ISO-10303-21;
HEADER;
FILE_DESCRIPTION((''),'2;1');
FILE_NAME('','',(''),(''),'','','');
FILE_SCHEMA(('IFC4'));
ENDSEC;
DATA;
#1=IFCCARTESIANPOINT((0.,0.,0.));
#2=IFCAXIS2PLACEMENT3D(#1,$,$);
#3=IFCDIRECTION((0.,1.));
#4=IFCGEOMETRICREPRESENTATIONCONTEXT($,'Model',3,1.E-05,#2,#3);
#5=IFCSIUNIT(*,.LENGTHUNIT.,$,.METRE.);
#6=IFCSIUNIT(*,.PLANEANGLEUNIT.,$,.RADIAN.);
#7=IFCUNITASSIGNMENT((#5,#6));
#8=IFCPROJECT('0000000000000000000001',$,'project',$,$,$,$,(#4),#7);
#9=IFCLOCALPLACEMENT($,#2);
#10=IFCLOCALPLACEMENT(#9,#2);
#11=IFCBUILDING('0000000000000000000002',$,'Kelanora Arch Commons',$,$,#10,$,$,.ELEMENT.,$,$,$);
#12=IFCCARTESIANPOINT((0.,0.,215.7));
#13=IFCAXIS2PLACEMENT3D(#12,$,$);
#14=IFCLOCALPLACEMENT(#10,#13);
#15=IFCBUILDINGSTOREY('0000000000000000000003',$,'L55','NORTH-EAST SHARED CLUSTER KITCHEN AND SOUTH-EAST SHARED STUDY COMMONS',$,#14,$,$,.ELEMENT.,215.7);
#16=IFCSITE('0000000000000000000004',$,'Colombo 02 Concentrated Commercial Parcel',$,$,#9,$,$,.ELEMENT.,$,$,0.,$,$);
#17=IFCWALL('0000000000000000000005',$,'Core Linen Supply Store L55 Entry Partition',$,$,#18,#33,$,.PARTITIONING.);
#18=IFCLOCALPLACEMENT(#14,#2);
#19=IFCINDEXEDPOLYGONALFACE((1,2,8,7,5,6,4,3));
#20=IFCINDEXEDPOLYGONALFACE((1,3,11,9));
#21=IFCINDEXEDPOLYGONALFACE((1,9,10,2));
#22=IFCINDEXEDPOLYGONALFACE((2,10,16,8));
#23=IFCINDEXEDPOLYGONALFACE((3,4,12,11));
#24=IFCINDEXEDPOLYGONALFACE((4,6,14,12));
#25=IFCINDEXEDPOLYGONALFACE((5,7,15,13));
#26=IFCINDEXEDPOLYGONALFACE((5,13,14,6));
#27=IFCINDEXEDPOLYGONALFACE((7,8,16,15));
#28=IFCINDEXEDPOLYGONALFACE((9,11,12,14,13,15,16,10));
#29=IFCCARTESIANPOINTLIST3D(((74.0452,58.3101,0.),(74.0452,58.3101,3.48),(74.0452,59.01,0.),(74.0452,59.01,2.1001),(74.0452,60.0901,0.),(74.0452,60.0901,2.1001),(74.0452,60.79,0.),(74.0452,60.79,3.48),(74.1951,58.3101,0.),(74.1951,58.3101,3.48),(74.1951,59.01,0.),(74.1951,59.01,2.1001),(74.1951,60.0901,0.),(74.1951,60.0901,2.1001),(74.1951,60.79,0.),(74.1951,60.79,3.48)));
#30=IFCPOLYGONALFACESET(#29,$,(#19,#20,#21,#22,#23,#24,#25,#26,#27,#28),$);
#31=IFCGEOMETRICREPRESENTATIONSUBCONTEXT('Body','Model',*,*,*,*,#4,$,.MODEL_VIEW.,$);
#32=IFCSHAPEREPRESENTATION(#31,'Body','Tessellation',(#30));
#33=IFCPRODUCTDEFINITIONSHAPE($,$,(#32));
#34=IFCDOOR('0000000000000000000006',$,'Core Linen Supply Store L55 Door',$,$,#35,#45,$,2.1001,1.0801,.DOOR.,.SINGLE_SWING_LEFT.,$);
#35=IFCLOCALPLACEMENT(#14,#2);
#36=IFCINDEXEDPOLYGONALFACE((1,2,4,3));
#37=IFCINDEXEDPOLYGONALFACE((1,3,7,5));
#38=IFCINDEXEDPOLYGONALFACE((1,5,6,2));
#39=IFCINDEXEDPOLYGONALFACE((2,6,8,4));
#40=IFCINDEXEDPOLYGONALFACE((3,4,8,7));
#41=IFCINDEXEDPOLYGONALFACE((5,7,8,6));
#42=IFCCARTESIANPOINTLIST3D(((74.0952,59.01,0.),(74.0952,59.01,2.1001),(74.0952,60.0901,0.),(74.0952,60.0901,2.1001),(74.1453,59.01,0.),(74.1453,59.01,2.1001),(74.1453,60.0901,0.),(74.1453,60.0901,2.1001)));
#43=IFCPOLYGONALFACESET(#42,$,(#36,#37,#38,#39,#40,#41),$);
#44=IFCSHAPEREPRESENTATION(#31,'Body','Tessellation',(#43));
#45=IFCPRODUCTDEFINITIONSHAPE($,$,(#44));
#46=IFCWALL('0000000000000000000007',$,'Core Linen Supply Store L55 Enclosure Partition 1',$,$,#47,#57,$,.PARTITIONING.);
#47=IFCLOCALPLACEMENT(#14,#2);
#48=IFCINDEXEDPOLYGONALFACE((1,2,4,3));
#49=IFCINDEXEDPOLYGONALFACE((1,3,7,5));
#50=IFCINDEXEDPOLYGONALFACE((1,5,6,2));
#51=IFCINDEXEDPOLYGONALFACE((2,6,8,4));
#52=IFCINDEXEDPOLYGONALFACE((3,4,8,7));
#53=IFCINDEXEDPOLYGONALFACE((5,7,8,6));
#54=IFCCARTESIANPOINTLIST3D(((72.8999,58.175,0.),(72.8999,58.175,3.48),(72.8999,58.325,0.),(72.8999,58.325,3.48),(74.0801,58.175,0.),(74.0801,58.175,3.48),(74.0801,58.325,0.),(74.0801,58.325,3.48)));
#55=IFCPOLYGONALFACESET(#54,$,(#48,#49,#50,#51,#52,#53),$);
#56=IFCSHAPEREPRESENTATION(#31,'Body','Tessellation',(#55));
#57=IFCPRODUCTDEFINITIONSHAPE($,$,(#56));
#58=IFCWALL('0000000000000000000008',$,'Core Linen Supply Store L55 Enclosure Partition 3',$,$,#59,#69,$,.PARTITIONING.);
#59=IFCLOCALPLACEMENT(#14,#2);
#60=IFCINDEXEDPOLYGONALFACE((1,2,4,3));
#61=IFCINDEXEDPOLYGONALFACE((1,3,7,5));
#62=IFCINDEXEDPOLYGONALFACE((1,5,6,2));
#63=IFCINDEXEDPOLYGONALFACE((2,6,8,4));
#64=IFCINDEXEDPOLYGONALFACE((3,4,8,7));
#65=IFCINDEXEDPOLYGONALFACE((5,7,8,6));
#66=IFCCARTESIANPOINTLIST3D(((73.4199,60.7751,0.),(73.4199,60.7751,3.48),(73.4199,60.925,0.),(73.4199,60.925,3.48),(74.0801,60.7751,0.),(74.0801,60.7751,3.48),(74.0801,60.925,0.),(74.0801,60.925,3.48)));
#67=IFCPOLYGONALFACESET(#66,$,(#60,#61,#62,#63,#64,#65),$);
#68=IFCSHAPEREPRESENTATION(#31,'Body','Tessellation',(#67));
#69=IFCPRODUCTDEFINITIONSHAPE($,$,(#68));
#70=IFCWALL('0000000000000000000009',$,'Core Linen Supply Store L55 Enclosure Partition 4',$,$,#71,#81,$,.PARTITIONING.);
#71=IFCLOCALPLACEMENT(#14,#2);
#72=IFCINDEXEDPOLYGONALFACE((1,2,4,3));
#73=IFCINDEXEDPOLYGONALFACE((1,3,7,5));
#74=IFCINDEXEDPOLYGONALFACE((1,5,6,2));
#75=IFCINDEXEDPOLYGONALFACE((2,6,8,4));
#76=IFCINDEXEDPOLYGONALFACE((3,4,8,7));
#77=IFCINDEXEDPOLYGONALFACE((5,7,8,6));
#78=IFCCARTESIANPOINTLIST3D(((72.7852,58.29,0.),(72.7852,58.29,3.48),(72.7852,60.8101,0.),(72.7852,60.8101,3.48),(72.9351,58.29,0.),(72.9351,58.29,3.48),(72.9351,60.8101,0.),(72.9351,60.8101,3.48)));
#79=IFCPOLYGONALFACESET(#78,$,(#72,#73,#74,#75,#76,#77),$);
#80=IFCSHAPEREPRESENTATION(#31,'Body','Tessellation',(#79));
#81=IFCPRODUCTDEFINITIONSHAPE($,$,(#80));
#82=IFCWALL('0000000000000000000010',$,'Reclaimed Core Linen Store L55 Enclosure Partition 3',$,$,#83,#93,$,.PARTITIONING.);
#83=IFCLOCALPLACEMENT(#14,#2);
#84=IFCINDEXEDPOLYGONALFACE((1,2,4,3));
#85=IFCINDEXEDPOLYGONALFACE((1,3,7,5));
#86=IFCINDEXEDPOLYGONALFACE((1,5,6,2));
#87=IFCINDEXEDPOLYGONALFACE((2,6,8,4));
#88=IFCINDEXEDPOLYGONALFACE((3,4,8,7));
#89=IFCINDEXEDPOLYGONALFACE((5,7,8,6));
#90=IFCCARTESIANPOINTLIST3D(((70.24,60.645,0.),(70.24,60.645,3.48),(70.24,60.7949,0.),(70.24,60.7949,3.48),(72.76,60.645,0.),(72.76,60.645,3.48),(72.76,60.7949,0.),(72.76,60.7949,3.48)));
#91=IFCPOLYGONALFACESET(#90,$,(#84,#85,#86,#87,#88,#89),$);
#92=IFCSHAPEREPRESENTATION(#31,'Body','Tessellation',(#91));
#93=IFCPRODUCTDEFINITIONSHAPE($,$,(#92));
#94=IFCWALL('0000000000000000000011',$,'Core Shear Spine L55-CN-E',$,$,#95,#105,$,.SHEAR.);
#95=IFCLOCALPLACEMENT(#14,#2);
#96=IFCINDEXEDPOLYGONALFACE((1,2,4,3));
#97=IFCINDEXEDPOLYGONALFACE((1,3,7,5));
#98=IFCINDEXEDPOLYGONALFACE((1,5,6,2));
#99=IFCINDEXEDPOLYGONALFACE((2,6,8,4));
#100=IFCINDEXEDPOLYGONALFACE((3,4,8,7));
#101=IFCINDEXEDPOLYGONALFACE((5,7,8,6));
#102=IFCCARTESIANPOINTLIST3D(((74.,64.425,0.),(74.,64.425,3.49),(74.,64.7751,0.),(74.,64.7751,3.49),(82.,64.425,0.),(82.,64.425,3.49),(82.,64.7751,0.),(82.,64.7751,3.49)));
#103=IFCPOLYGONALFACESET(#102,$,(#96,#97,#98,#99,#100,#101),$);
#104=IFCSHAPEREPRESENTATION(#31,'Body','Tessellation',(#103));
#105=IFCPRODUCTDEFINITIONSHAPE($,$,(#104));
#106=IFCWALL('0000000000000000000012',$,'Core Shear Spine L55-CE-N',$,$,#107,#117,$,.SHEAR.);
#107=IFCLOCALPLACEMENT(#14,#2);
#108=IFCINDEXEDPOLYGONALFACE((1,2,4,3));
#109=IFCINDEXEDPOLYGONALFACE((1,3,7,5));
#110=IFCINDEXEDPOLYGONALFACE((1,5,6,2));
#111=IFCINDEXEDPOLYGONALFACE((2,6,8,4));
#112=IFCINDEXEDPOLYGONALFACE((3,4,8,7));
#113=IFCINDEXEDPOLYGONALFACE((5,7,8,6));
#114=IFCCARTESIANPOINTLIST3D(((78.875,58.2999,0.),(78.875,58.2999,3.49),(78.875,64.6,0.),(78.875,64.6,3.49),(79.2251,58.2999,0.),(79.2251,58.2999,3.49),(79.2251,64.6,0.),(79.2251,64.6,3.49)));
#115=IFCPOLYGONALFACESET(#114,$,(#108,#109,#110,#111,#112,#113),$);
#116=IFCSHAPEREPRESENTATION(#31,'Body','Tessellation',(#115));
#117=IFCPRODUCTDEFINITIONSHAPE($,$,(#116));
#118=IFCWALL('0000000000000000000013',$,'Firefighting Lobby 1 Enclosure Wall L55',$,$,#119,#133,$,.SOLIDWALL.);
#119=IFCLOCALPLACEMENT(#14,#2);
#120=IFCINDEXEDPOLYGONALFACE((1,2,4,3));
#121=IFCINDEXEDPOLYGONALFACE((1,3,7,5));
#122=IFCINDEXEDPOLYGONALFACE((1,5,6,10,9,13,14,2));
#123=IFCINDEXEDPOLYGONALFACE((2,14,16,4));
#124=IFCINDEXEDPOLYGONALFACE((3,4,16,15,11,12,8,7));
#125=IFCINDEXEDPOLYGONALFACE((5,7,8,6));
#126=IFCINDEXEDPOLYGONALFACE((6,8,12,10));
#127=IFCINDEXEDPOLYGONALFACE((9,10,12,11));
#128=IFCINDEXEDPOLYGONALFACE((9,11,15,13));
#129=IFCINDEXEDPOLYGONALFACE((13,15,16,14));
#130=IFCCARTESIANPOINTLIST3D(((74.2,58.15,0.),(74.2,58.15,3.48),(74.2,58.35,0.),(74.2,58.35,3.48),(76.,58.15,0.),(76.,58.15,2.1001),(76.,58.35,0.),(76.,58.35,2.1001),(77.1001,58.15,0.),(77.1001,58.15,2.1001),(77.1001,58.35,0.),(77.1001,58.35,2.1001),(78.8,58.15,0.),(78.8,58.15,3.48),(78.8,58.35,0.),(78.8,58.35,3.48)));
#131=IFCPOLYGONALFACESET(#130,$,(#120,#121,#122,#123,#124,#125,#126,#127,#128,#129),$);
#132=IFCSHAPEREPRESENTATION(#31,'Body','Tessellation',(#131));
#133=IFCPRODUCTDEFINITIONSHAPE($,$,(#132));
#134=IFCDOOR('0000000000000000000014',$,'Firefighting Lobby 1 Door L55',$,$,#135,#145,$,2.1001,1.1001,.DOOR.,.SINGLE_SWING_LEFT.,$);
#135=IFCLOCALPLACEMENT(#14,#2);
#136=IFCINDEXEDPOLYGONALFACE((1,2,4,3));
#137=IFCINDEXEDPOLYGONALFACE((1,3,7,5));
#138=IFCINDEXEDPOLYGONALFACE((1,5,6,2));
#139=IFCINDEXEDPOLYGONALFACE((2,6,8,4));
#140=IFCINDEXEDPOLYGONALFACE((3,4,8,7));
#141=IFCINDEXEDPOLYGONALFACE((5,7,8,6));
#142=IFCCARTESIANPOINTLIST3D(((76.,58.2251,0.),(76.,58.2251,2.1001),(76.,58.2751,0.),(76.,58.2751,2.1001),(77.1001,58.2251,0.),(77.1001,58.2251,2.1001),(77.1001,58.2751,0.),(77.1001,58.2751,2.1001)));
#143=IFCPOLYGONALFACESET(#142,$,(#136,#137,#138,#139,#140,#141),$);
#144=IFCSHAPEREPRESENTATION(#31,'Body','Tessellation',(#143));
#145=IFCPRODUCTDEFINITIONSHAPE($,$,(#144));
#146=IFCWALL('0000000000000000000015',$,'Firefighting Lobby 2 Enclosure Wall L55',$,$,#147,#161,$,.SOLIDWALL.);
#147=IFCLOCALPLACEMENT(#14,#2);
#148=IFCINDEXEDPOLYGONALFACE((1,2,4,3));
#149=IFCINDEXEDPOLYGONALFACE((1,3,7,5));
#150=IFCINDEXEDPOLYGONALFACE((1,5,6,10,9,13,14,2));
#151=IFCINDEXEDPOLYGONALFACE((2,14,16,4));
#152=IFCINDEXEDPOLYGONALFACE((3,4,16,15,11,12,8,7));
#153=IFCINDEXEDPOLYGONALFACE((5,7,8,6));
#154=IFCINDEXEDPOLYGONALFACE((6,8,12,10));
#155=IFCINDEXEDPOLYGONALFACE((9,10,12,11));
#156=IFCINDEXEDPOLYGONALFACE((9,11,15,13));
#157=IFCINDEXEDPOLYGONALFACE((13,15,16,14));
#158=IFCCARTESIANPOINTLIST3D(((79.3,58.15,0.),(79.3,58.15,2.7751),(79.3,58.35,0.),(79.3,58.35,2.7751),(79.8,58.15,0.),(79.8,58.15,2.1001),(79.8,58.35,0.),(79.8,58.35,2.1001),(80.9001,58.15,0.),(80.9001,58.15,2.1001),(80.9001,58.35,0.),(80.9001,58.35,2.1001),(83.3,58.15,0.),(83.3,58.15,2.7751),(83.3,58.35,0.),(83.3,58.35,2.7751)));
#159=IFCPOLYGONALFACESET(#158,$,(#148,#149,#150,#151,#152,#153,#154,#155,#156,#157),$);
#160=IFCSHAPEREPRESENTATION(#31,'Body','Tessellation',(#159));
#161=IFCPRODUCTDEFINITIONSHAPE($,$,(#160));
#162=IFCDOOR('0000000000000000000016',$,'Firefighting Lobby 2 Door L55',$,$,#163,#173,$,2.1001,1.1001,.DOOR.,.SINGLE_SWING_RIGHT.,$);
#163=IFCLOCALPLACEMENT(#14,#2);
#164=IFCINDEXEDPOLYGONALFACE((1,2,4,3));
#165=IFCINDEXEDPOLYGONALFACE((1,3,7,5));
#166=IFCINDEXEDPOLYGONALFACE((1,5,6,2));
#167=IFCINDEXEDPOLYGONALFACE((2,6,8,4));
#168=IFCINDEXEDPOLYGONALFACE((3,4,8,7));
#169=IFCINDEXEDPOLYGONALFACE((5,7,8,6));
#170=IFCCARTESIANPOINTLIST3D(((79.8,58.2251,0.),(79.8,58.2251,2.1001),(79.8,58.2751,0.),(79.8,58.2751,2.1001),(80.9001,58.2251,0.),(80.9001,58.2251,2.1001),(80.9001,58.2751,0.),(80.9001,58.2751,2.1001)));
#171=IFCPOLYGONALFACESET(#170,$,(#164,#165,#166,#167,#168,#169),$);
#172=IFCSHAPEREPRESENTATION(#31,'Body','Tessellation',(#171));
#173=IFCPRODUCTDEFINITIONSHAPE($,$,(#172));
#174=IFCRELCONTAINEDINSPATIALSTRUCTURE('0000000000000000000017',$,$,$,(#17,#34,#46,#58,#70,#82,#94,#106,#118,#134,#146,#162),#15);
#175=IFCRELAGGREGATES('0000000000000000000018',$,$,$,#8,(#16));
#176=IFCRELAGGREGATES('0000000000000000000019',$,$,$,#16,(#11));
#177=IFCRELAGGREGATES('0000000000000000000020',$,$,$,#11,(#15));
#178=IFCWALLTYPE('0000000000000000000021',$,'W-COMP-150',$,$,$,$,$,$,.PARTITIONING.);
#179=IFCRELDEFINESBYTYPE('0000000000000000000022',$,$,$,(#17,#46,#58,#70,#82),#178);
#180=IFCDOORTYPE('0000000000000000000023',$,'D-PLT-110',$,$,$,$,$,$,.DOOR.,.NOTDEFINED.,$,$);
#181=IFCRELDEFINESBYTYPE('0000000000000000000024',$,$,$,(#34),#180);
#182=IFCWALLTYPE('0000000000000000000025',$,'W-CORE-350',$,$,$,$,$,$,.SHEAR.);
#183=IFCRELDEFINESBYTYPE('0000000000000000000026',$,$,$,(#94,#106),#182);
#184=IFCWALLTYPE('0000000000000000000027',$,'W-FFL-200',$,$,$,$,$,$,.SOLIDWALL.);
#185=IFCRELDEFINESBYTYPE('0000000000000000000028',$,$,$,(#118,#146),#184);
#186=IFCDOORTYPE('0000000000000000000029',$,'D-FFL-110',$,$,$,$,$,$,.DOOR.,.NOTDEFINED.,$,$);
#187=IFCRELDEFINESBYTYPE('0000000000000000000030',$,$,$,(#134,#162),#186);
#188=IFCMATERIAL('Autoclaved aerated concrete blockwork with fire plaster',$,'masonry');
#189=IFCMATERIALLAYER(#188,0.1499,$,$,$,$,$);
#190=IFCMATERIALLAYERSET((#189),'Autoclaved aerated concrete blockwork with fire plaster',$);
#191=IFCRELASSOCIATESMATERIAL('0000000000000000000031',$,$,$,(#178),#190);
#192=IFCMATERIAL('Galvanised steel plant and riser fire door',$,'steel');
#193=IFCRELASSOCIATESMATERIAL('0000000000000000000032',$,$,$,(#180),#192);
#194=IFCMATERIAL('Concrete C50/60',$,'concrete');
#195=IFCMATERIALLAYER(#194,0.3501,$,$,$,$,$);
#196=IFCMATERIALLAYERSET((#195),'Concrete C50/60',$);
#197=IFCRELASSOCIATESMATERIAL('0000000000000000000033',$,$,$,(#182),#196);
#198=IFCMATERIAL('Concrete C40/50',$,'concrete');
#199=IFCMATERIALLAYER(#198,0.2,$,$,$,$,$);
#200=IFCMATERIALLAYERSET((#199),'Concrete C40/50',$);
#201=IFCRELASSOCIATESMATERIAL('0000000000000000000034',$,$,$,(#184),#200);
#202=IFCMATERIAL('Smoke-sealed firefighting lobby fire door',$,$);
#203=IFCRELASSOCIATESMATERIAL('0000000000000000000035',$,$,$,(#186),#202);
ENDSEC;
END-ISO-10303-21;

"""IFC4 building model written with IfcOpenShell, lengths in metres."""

from ifc_helpers import new_model, si_unit, direction, frame, frame_2d, origin, place, context, subcontext, project, spatial, rectangle, extrude, material, layer, layer_set, type_object, element, fill, save


model = new_model("IFC4")

# Units and contexts
model_context = context("Model", 3, precision=1e-05, world=origin(), true_north=direction((0.0, 1.0)))
body_context = subcontext(model_context, "Body", "Model", "MODEL_VIEW")
ifc_project = project(units=[si_unit("LENGTHUNIT", "METRE"), si_unit("PLANEANGLEUNIT", "RADIAN")], contexts=[model_context])

# Site, building, storey
site_placement = place(None, origin())
site = spatial("IfcSite", under=ifc_project, at=site_placement, Name="Colombo 02 Concentrated Commercial Parcel", CompositionType="ELEMENT", RefElevation=0.0)
building_placement = place(site_placement, origin())
building = spatial("IfcBuilding", under=site, at=building_placement, Name="Kelanora Arch Commons", CompositionType="ELEMENT")
storey_placement = place(building_placement, frame((0.0, 0.0, 215.7)))
storey = spatial("IfcBuildingStorey", under=building, at=storey_placement, Name="L55", Description="NORTH-EAST SHARED CLUSTER KITCHEN AND SOUTH-EAST SHARED STUDY COMMONS", CompositionType="ELEMENT", Elevation=215.7)

# Shared definitions
ifc_material_1 = material(Name="Autoclaved aerated concrete blockwork with fire plaster", Category="masonry")
ifc_layer_1 = layer(ifc_material_1, 0.1499)
ifc_layer_set_1 = layer_set([ifc_layer_1], Name="Autoclaved aerated concrete blockwork with fire plaster")
wall_type_1 = type_object("IfcWallType", Name="W-COMP-150", PredefinedType="PARTITIONING", material=ifc_layer_set_1)

# Wall, opening, door
wall_1_placement = place(storey_placement, frame((74.1201, 58.3101, 0.0), z_axis=(0.0, 0.0, 1.0), x_axis=(0.0, 1.0, 0.0)))
wall_1 = element("IfcWall", 1, at=wall_1_placement, inside=storey, type_object=wall_type_1, Name="Core Linen Supply Store L55 Entry Partition", PredefinedType="PARTITIONING", context=body_context, shape_type="SweptSolid", body=[
    extrude(rectangle(XDim=2.48, YDim=0.1499, at=frame_2d((1.24, 0.0))), origin(), (0.0, 0.0, 1.0), 3.48),
])
opening_1_placement = place(wall_1_placement, frame((0.7, 0.0, 0.0)))
opening_1 = element("IfcOpeningElement", 2, at=opening_1_placement, cuts=wall_1, PredefinedType="OPENING", context=body_context, shape_type="SweptSolid", body=[
    extrude(rectangle(XDim=1.0801, YDim=2.1001, at=frame_2d((0.54, 1.05))), frame((0.0, 0.085, 0.0), z_axis=(0.0, -1.0, 0.0), x_axis=(1.0, 0.0, 0.0)), (0.0, 0.0, 1.0), 0.1699),
])
ifc_material_2 = material(Name="Galvanised steel plant and riser fire door", Category="steel")
door_type_1 = type_object("IfcDoorType", Name="D-PLT-110", OperationType="NOTDEFINED", PredefinedType="DOOR", material=ifc_material_2)
door_1_placement = place(opening_1_placement, origin())
door_1 = element("IfcDoor", 3, at=door_1_placement, inside=storey, type_object=door_type_1, Name="Core Linen Supply Store L55 Door", OperationType="SINGLE_SWING_LEFT", OverallHeight=2.1001, OverallWidth=1.0801, PredefinedType="DOOR", context=body_context, shape_type="SweptSolid", body=[
    extrude(rectangle(XDim=1.0801, YDim=2.1001, at=frame_2d((0.54, 1.05))), frame((0.0, 0.0249, 0.0), z_axis=(0.0, -1.0, 0.0), x_axis=(1.0, 0.0, 0.0)), (0.0, 0.0, 1.0), 0.05),
])
fill(opening_1, door_1)

# Walls
wall_2_placement = place(storey_placement, frame((72.8999, 58.25, 0.0), z_axis=(0.0, 0.0, 1.0), x_axis=(1.0, 0.0, 0.0)))
element("IfcWall", 4, at=wall_2_placement, inside=storey, type_object=wall_type_1, Name="Core Linen Supply Store L55 Enclosure Partition 1", PredefinedType="PARTITIONING", context=body_context, shape_type="SweptSolid", body=[
    extrude(rectangle(XDim=1.1802, YDim=0.1499, at=frame_2d((0.5901, 0.0))), origin(), (0.0, 0.0, 1.0), 3.48),
])
wall_3_placement = place(storey_placement, frame((74.0801, 60.8501, 0.0), z_axis=(0.0, 0.0, 1.0), x_axis=(-1.0, 0.0, 0.0)))
element("IfcWall", 5, at=wall_3_placement, inside=storey, type_object=wall_type_1, Name="Core Linen Supply Store L55 Enclosure Partition 3", PredefinedType="PARTITIONING", context=body_context, shape_type="SweptSolid", body=[
    extrude(rectangle(XDim=0.6602, YDim=0.1499, at=frame_2d((0.3301, 0.0))), origin(), (0.0, 0.0, 1.0), 3.48),
])
for number, where, z_axis, x_axis, name in (
    (6, (72.8601, 60.8101, 0.0), (0.0, 0.0, 1.0), (0.0, -1.0, 0.0), "Core Linen Supply Store L55 Enclosure Partition 4"),
    (7, (72.76, 60.72, 0.0), (0.0, 0.0, 1.0), (-1.0, 0.0, 0.0), "Reclaimed Core Linen Store L55 Enclosure Partition 3"),
):
    element("IfcWall", number, at=place(storey_placement, frame(where, z_axis=z_axis, x_axis=x_axis)), inside=storey, type_object=wall_type_1, Name=name, PredefinedType="PARTITIONING", context=body_context, shape_type="SweptSolid", body=[
        extrude(rectangle(XDim=2.52, YDim=0.1499, at=frame_2d((1.26, 0.0))), origin(), (0.0, 0.0, 1.0), 3.48),
    ])
ifc_material_3 = material(Name="Concrete C50/60", Category="concrete")
ifc_layer_2 = layer(ifc_material_3, 0.3501)
ifc_layer_set_2 = layer_set([ifc_layer_2], Name="Concrete C50/60")
wall_type_2 = type_object("IfcWallType", Name="W-CORE-350", PredefinedType="SHEAR", material=ifc_layer_set_2)
wall_4_placement = place(storey_placement, frame((74.0, 64.6001, 0.0), z_axis=(0.0, 0.0, 1.0), x_axis=(1.0, 0.0, 0.0)))
element("IfcWall", 8, at=wall_4_placement, inside=storey, type_object=wall_type_2, Name="Core Shear Spine L55-CN-E", PredefinedType="SHEAR", context=body_context, shape_type="SweptSolid", body=[
    extrude(rectangle(XDim=8.0, YDim=0.3501, at=frame_2d((4.0, 0.0))), origin(), (0.0, 0.0, 1.0), 3.49),
])
wall_5_placement = place(storey_placement, frame((79.05, 58.3, 0.0), z_axis=(0.0, 0.0, 1.0), x_axis=(0.0, 1.0, 0.0)))
element("IfcWall", 9, at=wall_5_placement, inside=storey, type_object=wall_type_2, Name="Core Shear Spine L55-CE-N", PredefinedType="SHEAR", context=body_context, shape_type="SweptSolid", body=[
    extrude(rectangle(XDim=6.3, YDim=0.3501, at=frame_2d((3.1499, 0.0))), origin(), (0.0, 0.0, 1.0), 3.49),
])

# Walls, openings, doors
ifc_material_4 = material(Name="Concrete C40/50", Category="concrete")
ifc_layer_3 = layer(ifc_material_4, 0.2)
ifc_layer_set_3 = layer_set([ifc_layer_3], Name="Concrete C40/50")
wall_type_3 = type_object("IfcWallType", Name="W-FFL-200", PredefinedType="SOLIDWALL", material=ifc_layer_set_3)
wall_6_placement = place(storey_placement, frame((74.2, 58.25, 0.0), z_axis=(0.0, 0.0, 1.0), x_axis=(1.0, 0.0, 0.0)))
wall_6 = element("IfcWall", 10, at=wall_6_placement, inside=storey, type_object=wall_type_3, Name="Firefighting Lobby 1 Enclosure Wall L55", PredefinedType="SOLIDWALL", context=body_context, shape_type="SweptSolid", body=[
    extrude(rectangle(XDim=4.6001, YDim=0.2, at=frame_2d((2.3, 0.0))), origin(), (0.0, 0.0, 1.0), 3.48),
])
opening_2_placement = place(wall_6_placement, frame((1.8, 0.0, 0.0)))
opening_2 = element("IfcOpeningElement", 11, at=opening_2_placement, cuts=wall_6, PredefinedType="OPENING", context=body_context, shape_type="SweptSolid", body=[
    extrude(rectangle(XDim=1.1001, YDim=2.1001, at=frame_2d((0.55, 1.05))), frame((0.0, 0.1099, 0.0), z_axis=(0.0, -1.0, 0.0), x_axis=(1.0, 0.0, 0.0)), (0.0, 0.0, 1.0), 0.22),
])
ifc_material_5 = material(Name="Smoke-sealed firefighting lobby fire door")
door_type_2 = type_object("IfcDoorType", Name="D-FFL-110", OperationType="NOTDEFINED", PredefinedType="DOOR", material=ifc_material_5)
door_2_placement = place(opening_2_placement, frame((1.1001, 0.0, 0.0), z_axis=(0.0, 0.0, 1.0), x_axis=(-1.0, 0.0, 0.0)))
door_2 = element("IfcDoor", 12, at=door_2_placement, inside=storey, type_object=door_type_2, Name="Firefighting Lobby 1 Door L55", OperationType="SINGLE_SWING_LEFT", OverallHeight=2.1001, OverallWidth=1.1001, PredefinedType="DOOR", context=body_context, shape_type="SweptSolid", body=[
    extrude(rectangle(XDim=1.1001, YDim=2.1001, at=frame_2d((0.55, 1.05))), frame((0.0, 0.0249, 0.0), z_axis=(0.0, -1.0, 0.0), x_axis=(1.0, 0.0, 0.0)), (0.0, 0.0, 1.0), 0.05),
])
fill(opening_2, door_2)
wall_7_placement = place(storey_placement, frame((79.3, 58.25, 0.0), z_axis=(0.0, 0.0, 1.0), x_axis=(1.0, 0.0, 0.0)))
wall_7 = element("IfcWall", 13, at=wall_7_placement, inside=storey, type_object=wall_type_3, Name="Firefighting Lobby 2 Enclosure Wall L55", PredefinedType="SOLIDWALL", context=body_context, shape_type="SweptSolid", body=[
    extrude(rectangle(XDim=4.0, YDim=0.2, at=frame_2d((2.0, 0.0))), origin(), (0.0, 0.0, 1.0), 2.7751),
])
opening_3_placement = place(wall_7_placement, frame((0.5, 0.0, 0.0)))
opening_3 = element("IfcOpeningElement", 14, at=opening_3_placement, cuts=wall_7, PredefinedType="OPENING", context=body_context, shape_type="SweptSolid", body=[
    extrude(rectangle(XDim=1.1001, YDim=2.1001, at=frame_2d((0.55, 1.05))), frame((0.0, 0.1099, 0.0), z_axis=(0.0, -1.0, 0.0), x_axis=(1.0, 0.0, 0.0)), (0.0, 0.0, 1.0), 0.22),
])
door_3_placement = place(opening_3_placement, frame((1.1001, 0.0, 0.0), z_axis=(0.0, 0.0, 1.0), x_axis=(-1.0, 0.0, 0.0)))
door_3 = element("IfcDoor", 15, at=door_3_placement, inside=storey, type_object=door_type_2, Name="Firefighting Lobby 2 Door L55", OperationType="SINGLE_SWING_RIGHT", OverallHeight=2.1001, OverallWidth=1.1001, PredefinedType="DOOR", context=body_context, shape_type="SweptSolid", body=[
    extrude(rectangle(XDim=1.1001, YDim=2.1001, at=frame_2d((0.55, 1.05))), frame((0.0, 0.0249, 0.0), z_axis=(0.0, -1.0, 0.0), x_axis=(1.0, 0.0, 0.0)), (0.0, 0.0, 1.0), 0.05),
])
fill(opening_3, door_3)

save(model, "model.ifc")
